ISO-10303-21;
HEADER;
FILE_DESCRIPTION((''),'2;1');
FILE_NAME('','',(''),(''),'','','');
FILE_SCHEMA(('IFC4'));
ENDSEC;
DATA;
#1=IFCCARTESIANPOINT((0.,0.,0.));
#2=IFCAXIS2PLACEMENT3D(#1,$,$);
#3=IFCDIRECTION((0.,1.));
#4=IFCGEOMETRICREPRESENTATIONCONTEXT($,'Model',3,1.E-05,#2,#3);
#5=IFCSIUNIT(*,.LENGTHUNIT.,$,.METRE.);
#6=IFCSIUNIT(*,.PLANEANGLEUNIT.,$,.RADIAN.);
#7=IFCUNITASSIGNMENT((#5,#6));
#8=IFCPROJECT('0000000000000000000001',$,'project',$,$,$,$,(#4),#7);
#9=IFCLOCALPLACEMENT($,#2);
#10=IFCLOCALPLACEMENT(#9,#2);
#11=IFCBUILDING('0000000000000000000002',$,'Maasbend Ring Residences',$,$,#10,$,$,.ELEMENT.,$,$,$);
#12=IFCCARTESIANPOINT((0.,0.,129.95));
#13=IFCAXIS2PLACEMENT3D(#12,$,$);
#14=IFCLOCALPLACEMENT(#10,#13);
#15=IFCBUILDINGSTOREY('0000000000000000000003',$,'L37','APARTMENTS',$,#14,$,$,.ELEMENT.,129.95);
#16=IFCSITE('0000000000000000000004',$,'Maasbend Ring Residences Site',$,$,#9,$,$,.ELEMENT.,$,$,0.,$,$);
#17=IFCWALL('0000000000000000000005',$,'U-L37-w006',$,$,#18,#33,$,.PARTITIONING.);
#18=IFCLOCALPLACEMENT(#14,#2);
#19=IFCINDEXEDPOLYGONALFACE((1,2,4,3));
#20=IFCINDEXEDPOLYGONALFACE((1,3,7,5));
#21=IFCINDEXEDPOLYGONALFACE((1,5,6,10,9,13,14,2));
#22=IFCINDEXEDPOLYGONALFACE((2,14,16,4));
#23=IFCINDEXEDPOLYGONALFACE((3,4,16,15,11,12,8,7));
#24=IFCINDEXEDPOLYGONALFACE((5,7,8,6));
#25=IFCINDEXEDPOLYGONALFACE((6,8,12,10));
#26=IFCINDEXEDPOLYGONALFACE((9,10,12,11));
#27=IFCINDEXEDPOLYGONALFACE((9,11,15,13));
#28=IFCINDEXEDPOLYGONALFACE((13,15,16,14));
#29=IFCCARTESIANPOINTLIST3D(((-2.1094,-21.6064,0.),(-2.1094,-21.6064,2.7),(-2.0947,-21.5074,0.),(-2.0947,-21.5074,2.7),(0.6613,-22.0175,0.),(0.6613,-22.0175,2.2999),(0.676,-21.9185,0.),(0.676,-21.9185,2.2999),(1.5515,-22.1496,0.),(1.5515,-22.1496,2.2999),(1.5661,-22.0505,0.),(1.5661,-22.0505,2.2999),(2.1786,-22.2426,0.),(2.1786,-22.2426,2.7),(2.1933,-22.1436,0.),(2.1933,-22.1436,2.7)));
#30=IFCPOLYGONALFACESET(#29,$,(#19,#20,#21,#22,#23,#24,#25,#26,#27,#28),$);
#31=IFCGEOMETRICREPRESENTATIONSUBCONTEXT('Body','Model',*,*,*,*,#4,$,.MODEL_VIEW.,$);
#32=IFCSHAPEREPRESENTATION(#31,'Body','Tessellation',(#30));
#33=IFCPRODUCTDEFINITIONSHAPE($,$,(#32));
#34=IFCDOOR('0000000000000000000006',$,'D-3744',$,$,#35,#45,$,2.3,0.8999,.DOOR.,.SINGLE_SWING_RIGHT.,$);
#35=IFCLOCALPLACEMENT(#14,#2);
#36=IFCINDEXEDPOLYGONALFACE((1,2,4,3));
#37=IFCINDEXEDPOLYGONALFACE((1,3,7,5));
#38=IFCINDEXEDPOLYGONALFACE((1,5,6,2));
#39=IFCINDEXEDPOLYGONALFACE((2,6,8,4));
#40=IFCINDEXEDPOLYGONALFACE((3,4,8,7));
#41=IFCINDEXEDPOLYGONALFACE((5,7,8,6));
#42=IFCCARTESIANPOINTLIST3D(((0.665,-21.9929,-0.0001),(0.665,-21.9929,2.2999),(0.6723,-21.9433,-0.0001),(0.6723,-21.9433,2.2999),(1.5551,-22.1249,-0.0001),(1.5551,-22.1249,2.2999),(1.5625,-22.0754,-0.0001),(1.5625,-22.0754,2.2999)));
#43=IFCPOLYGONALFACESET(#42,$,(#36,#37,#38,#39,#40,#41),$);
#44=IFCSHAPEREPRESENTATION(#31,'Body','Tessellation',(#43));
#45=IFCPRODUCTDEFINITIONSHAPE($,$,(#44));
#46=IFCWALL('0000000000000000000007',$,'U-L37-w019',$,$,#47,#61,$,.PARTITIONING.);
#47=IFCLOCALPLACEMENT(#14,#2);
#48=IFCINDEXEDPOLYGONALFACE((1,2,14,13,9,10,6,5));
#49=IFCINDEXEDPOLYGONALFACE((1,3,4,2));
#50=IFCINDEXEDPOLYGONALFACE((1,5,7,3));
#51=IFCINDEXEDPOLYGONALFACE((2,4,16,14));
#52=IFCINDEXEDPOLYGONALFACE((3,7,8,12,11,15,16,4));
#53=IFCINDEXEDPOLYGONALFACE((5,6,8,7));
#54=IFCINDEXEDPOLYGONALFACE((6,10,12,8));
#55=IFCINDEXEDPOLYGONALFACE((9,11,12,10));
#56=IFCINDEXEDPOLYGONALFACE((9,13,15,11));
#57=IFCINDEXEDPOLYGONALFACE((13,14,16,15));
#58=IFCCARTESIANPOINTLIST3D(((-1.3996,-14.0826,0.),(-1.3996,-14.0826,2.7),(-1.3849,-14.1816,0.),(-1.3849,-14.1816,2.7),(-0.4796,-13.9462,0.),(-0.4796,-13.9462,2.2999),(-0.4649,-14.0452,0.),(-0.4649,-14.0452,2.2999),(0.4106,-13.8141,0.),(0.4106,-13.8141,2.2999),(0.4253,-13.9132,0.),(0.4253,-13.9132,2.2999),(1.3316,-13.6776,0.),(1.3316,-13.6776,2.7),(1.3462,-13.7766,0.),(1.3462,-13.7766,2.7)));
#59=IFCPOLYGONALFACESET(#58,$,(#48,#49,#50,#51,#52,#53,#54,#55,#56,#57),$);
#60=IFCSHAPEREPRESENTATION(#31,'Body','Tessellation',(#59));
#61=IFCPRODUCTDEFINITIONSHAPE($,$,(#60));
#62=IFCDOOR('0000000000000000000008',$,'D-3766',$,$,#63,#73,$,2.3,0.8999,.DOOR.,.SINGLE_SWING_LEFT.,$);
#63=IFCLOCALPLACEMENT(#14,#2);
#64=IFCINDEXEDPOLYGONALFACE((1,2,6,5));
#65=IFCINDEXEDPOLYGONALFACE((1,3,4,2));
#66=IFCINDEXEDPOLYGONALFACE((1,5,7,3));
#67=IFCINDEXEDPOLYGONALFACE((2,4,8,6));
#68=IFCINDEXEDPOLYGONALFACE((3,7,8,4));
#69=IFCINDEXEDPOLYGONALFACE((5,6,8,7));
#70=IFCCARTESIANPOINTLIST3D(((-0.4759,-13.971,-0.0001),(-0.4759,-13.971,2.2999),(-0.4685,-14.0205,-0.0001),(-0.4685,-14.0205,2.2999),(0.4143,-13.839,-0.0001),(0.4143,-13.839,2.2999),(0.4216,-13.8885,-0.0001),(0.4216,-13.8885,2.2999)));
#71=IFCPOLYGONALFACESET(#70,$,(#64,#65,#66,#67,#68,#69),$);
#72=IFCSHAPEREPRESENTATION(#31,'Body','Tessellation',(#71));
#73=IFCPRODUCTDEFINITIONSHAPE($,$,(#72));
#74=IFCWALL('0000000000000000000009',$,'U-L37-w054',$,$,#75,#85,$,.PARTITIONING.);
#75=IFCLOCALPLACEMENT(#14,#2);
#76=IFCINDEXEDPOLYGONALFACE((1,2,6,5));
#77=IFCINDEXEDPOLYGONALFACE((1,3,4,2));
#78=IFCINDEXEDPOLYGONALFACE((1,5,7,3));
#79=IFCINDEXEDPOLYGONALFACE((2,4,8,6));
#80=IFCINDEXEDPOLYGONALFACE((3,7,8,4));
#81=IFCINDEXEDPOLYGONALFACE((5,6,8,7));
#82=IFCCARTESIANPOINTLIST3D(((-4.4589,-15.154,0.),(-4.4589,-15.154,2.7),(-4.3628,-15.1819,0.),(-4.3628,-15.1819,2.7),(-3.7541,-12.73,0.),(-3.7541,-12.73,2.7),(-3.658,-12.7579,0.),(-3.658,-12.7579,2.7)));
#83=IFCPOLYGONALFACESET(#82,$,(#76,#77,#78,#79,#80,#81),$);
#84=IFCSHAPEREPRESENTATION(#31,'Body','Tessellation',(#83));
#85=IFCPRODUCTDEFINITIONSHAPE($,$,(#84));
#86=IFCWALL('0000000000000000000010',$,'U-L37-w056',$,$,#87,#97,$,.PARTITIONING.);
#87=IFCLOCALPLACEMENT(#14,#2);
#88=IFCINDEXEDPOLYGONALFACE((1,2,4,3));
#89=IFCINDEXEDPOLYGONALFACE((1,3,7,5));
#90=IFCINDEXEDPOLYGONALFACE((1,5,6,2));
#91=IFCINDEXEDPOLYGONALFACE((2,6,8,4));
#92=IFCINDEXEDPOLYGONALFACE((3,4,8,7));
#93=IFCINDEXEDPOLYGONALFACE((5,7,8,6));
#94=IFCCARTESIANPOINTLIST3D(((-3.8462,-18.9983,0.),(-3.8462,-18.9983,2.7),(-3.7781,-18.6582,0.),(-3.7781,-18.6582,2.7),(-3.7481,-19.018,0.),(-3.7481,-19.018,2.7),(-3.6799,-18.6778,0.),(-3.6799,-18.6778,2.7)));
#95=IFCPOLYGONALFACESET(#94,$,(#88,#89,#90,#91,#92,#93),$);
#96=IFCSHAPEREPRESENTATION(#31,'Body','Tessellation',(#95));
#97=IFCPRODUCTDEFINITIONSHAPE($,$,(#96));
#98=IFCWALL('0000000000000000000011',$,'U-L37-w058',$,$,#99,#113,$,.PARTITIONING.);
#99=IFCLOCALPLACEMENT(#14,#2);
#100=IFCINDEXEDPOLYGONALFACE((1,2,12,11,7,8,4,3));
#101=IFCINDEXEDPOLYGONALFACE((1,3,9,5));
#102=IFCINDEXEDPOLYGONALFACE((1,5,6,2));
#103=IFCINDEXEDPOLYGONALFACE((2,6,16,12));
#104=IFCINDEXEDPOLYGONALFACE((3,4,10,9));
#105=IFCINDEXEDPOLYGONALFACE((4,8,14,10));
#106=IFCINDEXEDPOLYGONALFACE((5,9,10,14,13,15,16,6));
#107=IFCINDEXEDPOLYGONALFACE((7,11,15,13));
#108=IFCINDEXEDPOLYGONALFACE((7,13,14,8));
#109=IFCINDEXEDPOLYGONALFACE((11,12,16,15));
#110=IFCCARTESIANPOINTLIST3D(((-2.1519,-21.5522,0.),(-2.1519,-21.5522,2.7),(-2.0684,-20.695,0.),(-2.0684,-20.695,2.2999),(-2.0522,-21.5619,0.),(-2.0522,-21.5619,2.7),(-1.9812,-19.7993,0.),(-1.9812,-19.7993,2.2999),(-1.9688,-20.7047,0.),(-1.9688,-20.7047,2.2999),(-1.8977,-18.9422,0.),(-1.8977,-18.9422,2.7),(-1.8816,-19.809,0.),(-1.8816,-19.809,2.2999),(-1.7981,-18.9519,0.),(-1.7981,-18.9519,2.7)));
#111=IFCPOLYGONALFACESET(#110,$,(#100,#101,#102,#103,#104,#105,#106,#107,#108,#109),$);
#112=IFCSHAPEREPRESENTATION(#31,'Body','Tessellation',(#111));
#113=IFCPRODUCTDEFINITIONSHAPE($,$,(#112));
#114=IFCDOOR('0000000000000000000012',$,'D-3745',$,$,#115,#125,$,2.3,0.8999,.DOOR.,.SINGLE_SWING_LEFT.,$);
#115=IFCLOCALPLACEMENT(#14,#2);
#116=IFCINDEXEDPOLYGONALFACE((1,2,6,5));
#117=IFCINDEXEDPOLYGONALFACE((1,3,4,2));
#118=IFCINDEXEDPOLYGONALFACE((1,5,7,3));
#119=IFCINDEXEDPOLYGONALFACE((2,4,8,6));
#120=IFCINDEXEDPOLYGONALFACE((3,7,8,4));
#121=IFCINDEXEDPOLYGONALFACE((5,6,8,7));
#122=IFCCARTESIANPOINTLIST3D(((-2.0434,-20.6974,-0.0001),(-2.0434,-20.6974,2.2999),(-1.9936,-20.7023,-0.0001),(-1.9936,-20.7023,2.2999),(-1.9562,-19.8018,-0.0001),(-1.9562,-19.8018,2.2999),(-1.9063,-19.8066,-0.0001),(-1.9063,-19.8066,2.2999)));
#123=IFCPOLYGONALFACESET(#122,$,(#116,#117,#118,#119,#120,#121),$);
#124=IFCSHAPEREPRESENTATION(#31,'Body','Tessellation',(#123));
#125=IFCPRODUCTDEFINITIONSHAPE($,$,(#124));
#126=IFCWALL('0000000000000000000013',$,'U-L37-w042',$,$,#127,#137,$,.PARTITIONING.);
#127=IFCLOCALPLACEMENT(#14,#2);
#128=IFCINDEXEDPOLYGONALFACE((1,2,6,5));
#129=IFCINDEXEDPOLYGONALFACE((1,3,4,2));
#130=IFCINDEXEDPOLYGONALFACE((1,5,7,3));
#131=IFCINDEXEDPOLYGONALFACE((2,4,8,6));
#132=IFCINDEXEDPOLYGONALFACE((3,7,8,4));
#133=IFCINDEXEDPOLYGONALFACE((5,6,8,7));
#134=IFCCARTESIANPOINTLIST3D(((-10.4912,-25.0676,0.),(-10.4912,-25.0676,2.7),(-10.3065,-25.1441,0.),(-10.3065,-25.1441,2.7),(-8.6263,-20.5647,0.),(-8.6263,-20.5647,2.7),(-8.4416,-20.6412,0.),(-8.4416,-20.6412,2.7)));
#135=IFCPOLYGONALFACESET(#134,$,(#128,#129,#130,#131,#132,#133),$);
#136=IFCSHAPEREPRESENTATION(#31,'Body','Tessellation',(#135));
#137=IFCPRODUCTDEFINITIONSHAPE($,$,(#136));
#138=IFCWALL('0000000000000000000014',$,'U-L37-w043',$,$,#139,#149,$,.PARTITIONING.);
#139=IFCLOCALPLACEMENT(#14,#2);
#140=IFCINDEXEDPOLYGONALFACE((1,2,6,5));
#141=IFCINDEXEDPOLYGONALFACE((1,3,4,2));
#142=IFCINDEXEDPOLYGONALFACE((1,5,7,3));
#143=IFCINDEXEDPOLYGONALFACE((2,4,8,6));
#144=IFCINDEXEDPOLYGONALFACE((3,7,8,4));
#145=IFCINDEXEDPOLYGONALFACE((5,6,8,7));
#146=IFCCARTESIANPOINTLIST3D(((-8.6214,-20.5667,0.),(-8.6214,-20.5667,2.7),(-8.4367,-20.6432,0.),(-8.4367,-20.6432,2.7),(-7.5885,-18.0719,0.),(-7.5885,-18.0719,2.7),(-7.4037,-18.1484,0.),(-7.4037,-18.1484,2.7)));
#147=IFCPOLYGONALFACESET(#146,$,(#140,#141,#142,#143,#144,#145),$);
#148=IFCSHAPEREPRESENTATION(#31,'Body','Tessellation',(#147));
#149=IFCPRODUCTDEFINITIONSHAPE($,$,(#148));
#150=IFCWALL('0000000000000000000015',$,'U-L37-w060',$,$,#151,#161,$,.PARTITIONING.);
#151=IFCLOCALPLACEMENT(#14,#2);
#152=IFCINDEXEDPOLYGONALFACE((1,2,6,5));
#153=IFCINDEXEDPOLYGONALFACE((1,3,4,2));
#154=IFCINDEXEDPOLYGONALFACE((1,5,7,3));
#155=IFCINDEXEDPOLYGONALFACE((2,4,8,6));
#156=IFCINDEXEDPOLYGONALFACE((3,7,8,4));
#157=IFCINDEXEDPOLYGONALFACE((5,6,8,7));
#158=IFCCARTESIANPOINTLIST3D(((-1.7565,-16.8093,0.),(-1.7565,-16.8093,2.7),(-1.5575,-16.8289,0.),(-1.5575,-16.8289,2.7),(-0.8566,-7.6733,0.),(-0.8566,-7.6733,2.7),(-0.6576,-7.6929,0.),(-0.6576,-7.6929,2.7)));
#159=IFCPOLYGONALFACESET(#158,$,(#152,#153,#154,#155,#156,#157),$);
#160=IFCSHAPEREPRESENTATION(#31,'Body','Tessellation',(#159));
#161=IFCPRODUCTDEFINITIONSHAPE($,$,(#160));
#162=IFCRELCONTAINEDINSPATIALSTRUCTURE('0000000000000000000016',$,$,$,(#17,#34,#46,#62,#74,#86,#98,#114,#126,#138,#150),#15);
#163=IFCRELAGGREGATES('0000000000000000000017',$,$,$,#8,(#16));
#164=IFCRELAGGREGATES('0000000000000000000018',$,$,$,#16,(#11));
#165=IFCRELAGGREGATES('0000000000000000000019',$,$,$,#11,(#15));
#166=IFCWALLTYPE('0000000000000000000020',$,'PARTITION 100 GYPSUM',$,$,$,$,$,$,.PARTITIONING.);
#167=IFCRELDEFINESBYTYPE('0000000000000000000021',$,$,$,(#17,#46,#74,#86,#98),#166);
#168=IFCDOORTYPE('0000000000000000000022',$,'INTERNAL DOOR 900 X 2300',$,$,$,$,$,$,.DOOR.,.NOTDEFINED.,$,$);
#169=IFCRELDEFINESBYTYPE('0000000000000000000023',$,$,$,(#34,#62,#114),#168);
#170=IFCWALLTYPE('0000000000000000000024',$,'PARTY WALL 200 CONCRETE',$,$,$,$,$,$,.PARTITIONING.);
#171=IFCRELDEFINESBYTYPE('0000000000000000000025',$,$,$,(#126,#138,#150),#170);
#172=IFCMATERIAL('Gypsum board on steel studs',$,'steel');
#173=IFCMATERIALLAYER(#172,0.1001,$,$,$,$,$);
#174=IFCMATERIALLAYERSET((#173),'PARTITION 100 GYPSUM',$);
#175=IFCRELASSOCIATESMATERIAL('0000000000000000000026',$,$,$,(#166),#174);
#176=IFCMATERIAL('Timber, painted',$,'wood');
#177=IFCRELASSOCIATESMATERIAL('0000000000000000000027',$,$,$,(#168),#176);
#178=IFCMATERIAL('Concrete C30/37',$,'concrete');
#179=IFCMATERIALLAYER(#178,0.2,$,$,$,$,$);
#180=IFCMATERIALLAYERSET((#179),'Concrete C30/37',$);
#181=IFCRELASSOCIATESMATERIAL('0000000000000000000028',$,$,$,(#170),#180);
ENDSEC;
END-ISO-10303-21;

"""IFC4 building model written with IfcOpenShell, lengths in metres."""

from ifc_helpers import new_model, si_unit, direction, frame, frame_2d, origin, place, context, subcontext, project, spatial, rectangle, extrude, material, layer, layer_set, type_object, element, fill, save


model = new_model("IFC4")

# Units and contexts
model_context = context("Model", 3, precision=1e-05, world=origin(), true_north=direction((0.0, 1.0)))
body_context = subcontext(model_context, "Body", "Model", "MODEL_VIEW")
ifc_project = project(units=[si_unit("LENGTHUNIT", "METRE"), si_unit("PLANEANGLEUNIT", "RADIAN")], contexts=[model_context])

# Site, building, storey
site_placement = place(None, origin())
site = spatial("IfcSite", under=ifc_project, at=site_placement, Name="Maasbend Ring Residences Site", CompositionType="ELEMENT", RefElevation=0.0)
building_placement = place(site_placement, origin())
building = spatial("IfcBuilding", under=site, at=building_placement, Name="Maasbend Ring Residences", CompositionType="ELEMENT")
storey_placement = place(building_placement, frame((0.0, 0.0, 129.95)))
storey = spatial("IfcBuildingStorey", under=building, at=storey_placement, Name="L37", Description="APARTMENTS", CompositionType="ELEMENT", Elevation=129.95)

# Shared definitions
ifc_material_1 = material(Name="Gypsum board on steel studs", Category="steel")
ifc_layer_1 = layer(ifc_material_1, 0.1001)
ifc_layer_set_1 = layer_set([ifc_layer_1], Name="PARTITION 100 GYPSUM")
wall_type_1 = type_object("IfcWallType", Name="PARTITION 100 GYPSUM", PredefinedType="PARTITIONING", material=ifc_layer_set_1)

# Walls, openings, doors
wall_1_placement = place(storey_placement, frame((-2.1021, -21.5569, 0.0), z_axis=(0.0, 0.0, 1.0), x_axis=(0.989171, -0.146765, 0.0)))
wall_1 = element("IfcWall", 1, at=wall_1_placement, inside=storey, type_object=wall_type_1, Name="U-L37-w006", PredefinedType="PARTITIONING", context=body_context, shape_type="SweptSolid", body=[
    extrude(rectangle(XDim=4.335, YDim=0.1001, at=frame_2d((2.1675, 0.0))), origin(), (0.0, 0.0, 1.0), 2.7),
])
opening_1_placement = place(wall_1_placement, frame((2.801, 0.0, 0.0)))
opening_1 = element("IfcOpeningElement", 2, at=opening_1_placement, cuts=wall_1, PredefinedType="OPENING", context=body_context, shape_type="SweptSolid", body=[
    extrude(rectangle(XDim=0.8999, YDim=2.3, at=frame_2d((0.45, 1.1499))), frame((0.0, 0.0601, 0.0), z_axis=(0.0, -1.0, 0.0), x_axis=(1.0, 0.0, 0.0)), (0.0, 0.0, 1.0), 0.1201),
])
ifc_material_2 = material(Name="Timber, painted", Category="wood")
door_type_1 = type_object("IfcDoorType", Name="INTERNAL DOOR 900 X 2300", OperationType="NOTDEFINED", PredefinedType="DOOR", material=ifc_material_2)
door_1_placement = place(opening_1_placement, origin())
door_1 = element("IfcDoor", 3, at=door_1_placement, inside=storey, type_object=door_type_1, Name="D-3744", OperationType="SINGLE_SWING_RIGHT", OverallHeight=2.3, OverallWidth=0.8999, PredefinedType="DOOR", context=body_context, shape_type="SweptSolid", body=[
    extrude(rectangle(XDim=0.8999, YDim=2.3, at=frame_2d((0.45, 1.1499))), frame((0.0, 0.0249, 0.0), z_axis=(0.0, -1.0, 0.0), x_axis=(1.0, 0.0, 0.0)), (0.0, 0.0, 1.0), 0.05),
])
fill(opening_1, door_1)
wall_2_placement = place(storey_placement, frame((-1.3921, -14.1321, 0.0), z_axis=(0.0, 0.0, 1.0), x_axis=(0.989182, 0.146693, 0.0)))
wall_2 = element("IfcWall", 4, at=wall_2_placement, inside=storey, type_object=wall_type_1, Name="U-L37-w019", PredefinedType="PARTITIONING", context=body_context, shape_type="SweptSolid", body=[
    extrude(rectangle(XDim=2.761, YDim=0.1001, at=frame_2d((1.3804, 0.0))), origin(), (0.0, 0.0, 1.0), 2.7),
])
opening_2_placement = place(wall_2_placement, frame((0.9299, 0.0, 0.0)))
opening_2 = element("IfcOpeningElement", 5, at=opening_2_placement, cuts=wall_2, PredefinedType="OPENING", context=body_context, shape_type="SweptSolid", body=[
    extrude(rectangle(XDim=0.8999, YDim=2.3, at=frame_2d((0.45, 1.1499))), frame((0.0, 0.0601, 0.0), z_axis=(0.0, -1.0, 0.0), x_axis=(1.0, 0.0, 0.0)), (0.0, 0.0, 1.0), 0.1201),
])
door_2_placement = place(opening_2_placement, origin())
door_2 = element("IfcDoor", 6, at=door_2_placement, inside=storey, type_object=door_type_1, Name="D-3766", OperationType="SINGLE_SWING_LEFT", OverallHeight=2.3, OverallWidth=0.8999, PredefinedType="DOOR", context=body_context, shape_type="SweptSolid", body=[
    extrude(rectangle(XDim=0.8999, YDim=2.3, at=frame_2d((0.45, 1.1499))), frame((0.0, 0.0249, 0.0), z_axis=(0.0, -1.0, 0.0), x_axis=(1.0, 0.0, 0.0)), (0.0, 0.0, 1.0), 0.05),
])
fill(opening_2, door_2)

# Walls
wall_3_placement = place(storey_placement, frame((-4.4109, -15.168, 0.0), z_axis=(0.0, 0.0, 1.0), x_axis=(0.279201, 0.960233, 0.0)))
element("IfcWall", 7, at=wall_3_placement, inside=storey, type_object=wall_type_1, Name="U-L37-w054", PredefinedType="PARTITIONING", context=body_context, shape_type="SweptSolid", body=[
    extrude(rectangle(XDim=2.5244, YDim=0.1001, at=frame_2d((1.2622, 0.0))), origin(), (0.0, 0.0, 1.0), 2.7),
])
wall_4_placement = place(storey_placement, frame((-3.7971, -19.0081, 0.0), z_axis=(0.0, 0.0, 1.0), x_axis=(0.196387, 0.980526, 0.0)))
element("IfcWall", 8, at=wall_4_placement, inside=storey, type_object=wall_type_1, Name="U-L37-w056", PredefinedType="PARTITIONING", context=body_context, shape_type="SweptSolid", body=[
    extrude(rectangle(XDim=0.3469, YDim=0.1001, at=frame_2d((0.1733, 0.0))), origin(), (0.0, 0.0, 1.0), 2.7),
])

# Wall, opening, door
wall_5_placement = place(storey_placement, frame((-2.1021, -21.5569, 0.0), z_axis=(0.0, 0.0, 1.0), x_axis=(0.096922, 0.995292, 0.0)))
wall_5 = element("IfcWall", 9, at=wall_5_placement, inside=storey, type_object=wall_type_1, Name="U-L37-w058", PredefinedType="PARTITIONING", context=body_context, shape_type="SweptSolid", body=[
    extrude(rectangle(XDim=2.6223, YDim=0.1001, at=frame_2d((1.311, 0.0))), origin(), (0.0, 0.0, 1.0), 2.7),
])
opening_3_placement = place(wall_5_placement, frame((0.8611, 0.0, 0.0)))
opening_3 = element("IfcOpeningElement", 10, at=opening_3_placement, cuts=wall_5, PredefinedType="OPENING", context=body_context, shape_type="SweptSolid", body=[
    extrude(rectangle(XDim=0.8999, YDim=2.3, at=frame_2d((0.45, 1.1499))), frame((0.0, 0.0601, 0.0), z_axis=(0.0, -1.0, 0.0), x_axis=(1.0, 0.0, 0.0)), (0.0, 0.0, 1.0), 0.1201),
])
door_3_placement = place(opening_3_placement, origin())
door_3 = element("IfcDoor", 11, at=door_3_placement, inside=storey, type_object=door_type_1, Name="D-3745", OperationType="SINGLE_SWING_LEFT", OverallHeight=2.3, OverallWidth=0.8999, PredefinedType="DOOR", context=body_context, shape_type="SweptSolid", body=[
    extrude(rectangle(XDim=0.8999, YDim=2.3, at=frame_2d((0.45, 1.1499))), frame((0.0, 0.0249, 0.0), z_axis=(0.0, -1.0, 0.0), x_axis=(1.0, 0.0, 0.0)), (0.0, 0.0, 1.0), 0.05),
])
fill(opening_3, door_3)

# Walls
ifc_material_3 = material(Name="Concrete C30/37", Category="concrete")
ifc_layer_2 = layer(ifc_material_3, 0.2)
ifc_layer_set_2 = layer_set([ifc_layer_2], Name="Concrete C30/37")
wall_type_2 = type_object("IfcWallType", Name="PARTY WALL 200 CONCRETE", PredefinedType="PARTITIONING", material=ifc_layer_set_2)
wall_6_placement = place(storey_placement, frame((-10.3989, -25.106, 0.0), z_axis=(0.0, 0.0, 1.0), x_axis=(0.382651, 0.923893, 0.0)))
element("IfcWall", 12, at=wall_6_placement, inside=storey, type_object=wall_type_2, Name="U-L37-w042", PredefinedType="PARTITIONING", context=body_context, shape_type="SweptSolid", body=[
    extrude(rectangle(XDim=4.8738, YDim=0.2, at=frame_2d((2.437, 0.0))), origin(), (0.0, 0.0, 1.0), 2.7),
])
wall_7_placement = place(storey_placement, frame((-8.5291, -20.605, 0.0), z_axis=(0.0, 0.0, 1.0), x_axis=(0.382541, 0.923939, 0.0)))
element("IfcWall", 13, at=wall_7_placement, inside=storey, type_object=wall_type_2, Name="U-L37-w043", PredefinedType="PARTITIONING", context=body_context, shape_type="SweptSolid", body=[
    extrude(rectangle(XDim=2.7002, YDim=0.2, at=frame_2d((1.3501, 0.0))), origin(), (0.0, 0.0, 1.0), 2.7),
])
wall_8_placement = place(storey_placement, frame((-1.657, -16.8191, 0.0), z_axis=(0.0, 0.0, 1.0), x_axis=(0.098026, 0.995184, 0.0)))
element("IfcWall", 14, at=wall_8_placement, inside=storey, type_object=wall_type_2, Name="U-L37-w060", PredefinedType="PARTITIONING", context=body_context, shape_type="SweptSolid", body=[
    extrude(rectangle(XDim=9.1802, YDim=0.2, at=frame_2d((4.5901, 0.0))), origin(), (0.0, 0.0, 1.0), 2.7),
])

save(model, "model.ifc")
